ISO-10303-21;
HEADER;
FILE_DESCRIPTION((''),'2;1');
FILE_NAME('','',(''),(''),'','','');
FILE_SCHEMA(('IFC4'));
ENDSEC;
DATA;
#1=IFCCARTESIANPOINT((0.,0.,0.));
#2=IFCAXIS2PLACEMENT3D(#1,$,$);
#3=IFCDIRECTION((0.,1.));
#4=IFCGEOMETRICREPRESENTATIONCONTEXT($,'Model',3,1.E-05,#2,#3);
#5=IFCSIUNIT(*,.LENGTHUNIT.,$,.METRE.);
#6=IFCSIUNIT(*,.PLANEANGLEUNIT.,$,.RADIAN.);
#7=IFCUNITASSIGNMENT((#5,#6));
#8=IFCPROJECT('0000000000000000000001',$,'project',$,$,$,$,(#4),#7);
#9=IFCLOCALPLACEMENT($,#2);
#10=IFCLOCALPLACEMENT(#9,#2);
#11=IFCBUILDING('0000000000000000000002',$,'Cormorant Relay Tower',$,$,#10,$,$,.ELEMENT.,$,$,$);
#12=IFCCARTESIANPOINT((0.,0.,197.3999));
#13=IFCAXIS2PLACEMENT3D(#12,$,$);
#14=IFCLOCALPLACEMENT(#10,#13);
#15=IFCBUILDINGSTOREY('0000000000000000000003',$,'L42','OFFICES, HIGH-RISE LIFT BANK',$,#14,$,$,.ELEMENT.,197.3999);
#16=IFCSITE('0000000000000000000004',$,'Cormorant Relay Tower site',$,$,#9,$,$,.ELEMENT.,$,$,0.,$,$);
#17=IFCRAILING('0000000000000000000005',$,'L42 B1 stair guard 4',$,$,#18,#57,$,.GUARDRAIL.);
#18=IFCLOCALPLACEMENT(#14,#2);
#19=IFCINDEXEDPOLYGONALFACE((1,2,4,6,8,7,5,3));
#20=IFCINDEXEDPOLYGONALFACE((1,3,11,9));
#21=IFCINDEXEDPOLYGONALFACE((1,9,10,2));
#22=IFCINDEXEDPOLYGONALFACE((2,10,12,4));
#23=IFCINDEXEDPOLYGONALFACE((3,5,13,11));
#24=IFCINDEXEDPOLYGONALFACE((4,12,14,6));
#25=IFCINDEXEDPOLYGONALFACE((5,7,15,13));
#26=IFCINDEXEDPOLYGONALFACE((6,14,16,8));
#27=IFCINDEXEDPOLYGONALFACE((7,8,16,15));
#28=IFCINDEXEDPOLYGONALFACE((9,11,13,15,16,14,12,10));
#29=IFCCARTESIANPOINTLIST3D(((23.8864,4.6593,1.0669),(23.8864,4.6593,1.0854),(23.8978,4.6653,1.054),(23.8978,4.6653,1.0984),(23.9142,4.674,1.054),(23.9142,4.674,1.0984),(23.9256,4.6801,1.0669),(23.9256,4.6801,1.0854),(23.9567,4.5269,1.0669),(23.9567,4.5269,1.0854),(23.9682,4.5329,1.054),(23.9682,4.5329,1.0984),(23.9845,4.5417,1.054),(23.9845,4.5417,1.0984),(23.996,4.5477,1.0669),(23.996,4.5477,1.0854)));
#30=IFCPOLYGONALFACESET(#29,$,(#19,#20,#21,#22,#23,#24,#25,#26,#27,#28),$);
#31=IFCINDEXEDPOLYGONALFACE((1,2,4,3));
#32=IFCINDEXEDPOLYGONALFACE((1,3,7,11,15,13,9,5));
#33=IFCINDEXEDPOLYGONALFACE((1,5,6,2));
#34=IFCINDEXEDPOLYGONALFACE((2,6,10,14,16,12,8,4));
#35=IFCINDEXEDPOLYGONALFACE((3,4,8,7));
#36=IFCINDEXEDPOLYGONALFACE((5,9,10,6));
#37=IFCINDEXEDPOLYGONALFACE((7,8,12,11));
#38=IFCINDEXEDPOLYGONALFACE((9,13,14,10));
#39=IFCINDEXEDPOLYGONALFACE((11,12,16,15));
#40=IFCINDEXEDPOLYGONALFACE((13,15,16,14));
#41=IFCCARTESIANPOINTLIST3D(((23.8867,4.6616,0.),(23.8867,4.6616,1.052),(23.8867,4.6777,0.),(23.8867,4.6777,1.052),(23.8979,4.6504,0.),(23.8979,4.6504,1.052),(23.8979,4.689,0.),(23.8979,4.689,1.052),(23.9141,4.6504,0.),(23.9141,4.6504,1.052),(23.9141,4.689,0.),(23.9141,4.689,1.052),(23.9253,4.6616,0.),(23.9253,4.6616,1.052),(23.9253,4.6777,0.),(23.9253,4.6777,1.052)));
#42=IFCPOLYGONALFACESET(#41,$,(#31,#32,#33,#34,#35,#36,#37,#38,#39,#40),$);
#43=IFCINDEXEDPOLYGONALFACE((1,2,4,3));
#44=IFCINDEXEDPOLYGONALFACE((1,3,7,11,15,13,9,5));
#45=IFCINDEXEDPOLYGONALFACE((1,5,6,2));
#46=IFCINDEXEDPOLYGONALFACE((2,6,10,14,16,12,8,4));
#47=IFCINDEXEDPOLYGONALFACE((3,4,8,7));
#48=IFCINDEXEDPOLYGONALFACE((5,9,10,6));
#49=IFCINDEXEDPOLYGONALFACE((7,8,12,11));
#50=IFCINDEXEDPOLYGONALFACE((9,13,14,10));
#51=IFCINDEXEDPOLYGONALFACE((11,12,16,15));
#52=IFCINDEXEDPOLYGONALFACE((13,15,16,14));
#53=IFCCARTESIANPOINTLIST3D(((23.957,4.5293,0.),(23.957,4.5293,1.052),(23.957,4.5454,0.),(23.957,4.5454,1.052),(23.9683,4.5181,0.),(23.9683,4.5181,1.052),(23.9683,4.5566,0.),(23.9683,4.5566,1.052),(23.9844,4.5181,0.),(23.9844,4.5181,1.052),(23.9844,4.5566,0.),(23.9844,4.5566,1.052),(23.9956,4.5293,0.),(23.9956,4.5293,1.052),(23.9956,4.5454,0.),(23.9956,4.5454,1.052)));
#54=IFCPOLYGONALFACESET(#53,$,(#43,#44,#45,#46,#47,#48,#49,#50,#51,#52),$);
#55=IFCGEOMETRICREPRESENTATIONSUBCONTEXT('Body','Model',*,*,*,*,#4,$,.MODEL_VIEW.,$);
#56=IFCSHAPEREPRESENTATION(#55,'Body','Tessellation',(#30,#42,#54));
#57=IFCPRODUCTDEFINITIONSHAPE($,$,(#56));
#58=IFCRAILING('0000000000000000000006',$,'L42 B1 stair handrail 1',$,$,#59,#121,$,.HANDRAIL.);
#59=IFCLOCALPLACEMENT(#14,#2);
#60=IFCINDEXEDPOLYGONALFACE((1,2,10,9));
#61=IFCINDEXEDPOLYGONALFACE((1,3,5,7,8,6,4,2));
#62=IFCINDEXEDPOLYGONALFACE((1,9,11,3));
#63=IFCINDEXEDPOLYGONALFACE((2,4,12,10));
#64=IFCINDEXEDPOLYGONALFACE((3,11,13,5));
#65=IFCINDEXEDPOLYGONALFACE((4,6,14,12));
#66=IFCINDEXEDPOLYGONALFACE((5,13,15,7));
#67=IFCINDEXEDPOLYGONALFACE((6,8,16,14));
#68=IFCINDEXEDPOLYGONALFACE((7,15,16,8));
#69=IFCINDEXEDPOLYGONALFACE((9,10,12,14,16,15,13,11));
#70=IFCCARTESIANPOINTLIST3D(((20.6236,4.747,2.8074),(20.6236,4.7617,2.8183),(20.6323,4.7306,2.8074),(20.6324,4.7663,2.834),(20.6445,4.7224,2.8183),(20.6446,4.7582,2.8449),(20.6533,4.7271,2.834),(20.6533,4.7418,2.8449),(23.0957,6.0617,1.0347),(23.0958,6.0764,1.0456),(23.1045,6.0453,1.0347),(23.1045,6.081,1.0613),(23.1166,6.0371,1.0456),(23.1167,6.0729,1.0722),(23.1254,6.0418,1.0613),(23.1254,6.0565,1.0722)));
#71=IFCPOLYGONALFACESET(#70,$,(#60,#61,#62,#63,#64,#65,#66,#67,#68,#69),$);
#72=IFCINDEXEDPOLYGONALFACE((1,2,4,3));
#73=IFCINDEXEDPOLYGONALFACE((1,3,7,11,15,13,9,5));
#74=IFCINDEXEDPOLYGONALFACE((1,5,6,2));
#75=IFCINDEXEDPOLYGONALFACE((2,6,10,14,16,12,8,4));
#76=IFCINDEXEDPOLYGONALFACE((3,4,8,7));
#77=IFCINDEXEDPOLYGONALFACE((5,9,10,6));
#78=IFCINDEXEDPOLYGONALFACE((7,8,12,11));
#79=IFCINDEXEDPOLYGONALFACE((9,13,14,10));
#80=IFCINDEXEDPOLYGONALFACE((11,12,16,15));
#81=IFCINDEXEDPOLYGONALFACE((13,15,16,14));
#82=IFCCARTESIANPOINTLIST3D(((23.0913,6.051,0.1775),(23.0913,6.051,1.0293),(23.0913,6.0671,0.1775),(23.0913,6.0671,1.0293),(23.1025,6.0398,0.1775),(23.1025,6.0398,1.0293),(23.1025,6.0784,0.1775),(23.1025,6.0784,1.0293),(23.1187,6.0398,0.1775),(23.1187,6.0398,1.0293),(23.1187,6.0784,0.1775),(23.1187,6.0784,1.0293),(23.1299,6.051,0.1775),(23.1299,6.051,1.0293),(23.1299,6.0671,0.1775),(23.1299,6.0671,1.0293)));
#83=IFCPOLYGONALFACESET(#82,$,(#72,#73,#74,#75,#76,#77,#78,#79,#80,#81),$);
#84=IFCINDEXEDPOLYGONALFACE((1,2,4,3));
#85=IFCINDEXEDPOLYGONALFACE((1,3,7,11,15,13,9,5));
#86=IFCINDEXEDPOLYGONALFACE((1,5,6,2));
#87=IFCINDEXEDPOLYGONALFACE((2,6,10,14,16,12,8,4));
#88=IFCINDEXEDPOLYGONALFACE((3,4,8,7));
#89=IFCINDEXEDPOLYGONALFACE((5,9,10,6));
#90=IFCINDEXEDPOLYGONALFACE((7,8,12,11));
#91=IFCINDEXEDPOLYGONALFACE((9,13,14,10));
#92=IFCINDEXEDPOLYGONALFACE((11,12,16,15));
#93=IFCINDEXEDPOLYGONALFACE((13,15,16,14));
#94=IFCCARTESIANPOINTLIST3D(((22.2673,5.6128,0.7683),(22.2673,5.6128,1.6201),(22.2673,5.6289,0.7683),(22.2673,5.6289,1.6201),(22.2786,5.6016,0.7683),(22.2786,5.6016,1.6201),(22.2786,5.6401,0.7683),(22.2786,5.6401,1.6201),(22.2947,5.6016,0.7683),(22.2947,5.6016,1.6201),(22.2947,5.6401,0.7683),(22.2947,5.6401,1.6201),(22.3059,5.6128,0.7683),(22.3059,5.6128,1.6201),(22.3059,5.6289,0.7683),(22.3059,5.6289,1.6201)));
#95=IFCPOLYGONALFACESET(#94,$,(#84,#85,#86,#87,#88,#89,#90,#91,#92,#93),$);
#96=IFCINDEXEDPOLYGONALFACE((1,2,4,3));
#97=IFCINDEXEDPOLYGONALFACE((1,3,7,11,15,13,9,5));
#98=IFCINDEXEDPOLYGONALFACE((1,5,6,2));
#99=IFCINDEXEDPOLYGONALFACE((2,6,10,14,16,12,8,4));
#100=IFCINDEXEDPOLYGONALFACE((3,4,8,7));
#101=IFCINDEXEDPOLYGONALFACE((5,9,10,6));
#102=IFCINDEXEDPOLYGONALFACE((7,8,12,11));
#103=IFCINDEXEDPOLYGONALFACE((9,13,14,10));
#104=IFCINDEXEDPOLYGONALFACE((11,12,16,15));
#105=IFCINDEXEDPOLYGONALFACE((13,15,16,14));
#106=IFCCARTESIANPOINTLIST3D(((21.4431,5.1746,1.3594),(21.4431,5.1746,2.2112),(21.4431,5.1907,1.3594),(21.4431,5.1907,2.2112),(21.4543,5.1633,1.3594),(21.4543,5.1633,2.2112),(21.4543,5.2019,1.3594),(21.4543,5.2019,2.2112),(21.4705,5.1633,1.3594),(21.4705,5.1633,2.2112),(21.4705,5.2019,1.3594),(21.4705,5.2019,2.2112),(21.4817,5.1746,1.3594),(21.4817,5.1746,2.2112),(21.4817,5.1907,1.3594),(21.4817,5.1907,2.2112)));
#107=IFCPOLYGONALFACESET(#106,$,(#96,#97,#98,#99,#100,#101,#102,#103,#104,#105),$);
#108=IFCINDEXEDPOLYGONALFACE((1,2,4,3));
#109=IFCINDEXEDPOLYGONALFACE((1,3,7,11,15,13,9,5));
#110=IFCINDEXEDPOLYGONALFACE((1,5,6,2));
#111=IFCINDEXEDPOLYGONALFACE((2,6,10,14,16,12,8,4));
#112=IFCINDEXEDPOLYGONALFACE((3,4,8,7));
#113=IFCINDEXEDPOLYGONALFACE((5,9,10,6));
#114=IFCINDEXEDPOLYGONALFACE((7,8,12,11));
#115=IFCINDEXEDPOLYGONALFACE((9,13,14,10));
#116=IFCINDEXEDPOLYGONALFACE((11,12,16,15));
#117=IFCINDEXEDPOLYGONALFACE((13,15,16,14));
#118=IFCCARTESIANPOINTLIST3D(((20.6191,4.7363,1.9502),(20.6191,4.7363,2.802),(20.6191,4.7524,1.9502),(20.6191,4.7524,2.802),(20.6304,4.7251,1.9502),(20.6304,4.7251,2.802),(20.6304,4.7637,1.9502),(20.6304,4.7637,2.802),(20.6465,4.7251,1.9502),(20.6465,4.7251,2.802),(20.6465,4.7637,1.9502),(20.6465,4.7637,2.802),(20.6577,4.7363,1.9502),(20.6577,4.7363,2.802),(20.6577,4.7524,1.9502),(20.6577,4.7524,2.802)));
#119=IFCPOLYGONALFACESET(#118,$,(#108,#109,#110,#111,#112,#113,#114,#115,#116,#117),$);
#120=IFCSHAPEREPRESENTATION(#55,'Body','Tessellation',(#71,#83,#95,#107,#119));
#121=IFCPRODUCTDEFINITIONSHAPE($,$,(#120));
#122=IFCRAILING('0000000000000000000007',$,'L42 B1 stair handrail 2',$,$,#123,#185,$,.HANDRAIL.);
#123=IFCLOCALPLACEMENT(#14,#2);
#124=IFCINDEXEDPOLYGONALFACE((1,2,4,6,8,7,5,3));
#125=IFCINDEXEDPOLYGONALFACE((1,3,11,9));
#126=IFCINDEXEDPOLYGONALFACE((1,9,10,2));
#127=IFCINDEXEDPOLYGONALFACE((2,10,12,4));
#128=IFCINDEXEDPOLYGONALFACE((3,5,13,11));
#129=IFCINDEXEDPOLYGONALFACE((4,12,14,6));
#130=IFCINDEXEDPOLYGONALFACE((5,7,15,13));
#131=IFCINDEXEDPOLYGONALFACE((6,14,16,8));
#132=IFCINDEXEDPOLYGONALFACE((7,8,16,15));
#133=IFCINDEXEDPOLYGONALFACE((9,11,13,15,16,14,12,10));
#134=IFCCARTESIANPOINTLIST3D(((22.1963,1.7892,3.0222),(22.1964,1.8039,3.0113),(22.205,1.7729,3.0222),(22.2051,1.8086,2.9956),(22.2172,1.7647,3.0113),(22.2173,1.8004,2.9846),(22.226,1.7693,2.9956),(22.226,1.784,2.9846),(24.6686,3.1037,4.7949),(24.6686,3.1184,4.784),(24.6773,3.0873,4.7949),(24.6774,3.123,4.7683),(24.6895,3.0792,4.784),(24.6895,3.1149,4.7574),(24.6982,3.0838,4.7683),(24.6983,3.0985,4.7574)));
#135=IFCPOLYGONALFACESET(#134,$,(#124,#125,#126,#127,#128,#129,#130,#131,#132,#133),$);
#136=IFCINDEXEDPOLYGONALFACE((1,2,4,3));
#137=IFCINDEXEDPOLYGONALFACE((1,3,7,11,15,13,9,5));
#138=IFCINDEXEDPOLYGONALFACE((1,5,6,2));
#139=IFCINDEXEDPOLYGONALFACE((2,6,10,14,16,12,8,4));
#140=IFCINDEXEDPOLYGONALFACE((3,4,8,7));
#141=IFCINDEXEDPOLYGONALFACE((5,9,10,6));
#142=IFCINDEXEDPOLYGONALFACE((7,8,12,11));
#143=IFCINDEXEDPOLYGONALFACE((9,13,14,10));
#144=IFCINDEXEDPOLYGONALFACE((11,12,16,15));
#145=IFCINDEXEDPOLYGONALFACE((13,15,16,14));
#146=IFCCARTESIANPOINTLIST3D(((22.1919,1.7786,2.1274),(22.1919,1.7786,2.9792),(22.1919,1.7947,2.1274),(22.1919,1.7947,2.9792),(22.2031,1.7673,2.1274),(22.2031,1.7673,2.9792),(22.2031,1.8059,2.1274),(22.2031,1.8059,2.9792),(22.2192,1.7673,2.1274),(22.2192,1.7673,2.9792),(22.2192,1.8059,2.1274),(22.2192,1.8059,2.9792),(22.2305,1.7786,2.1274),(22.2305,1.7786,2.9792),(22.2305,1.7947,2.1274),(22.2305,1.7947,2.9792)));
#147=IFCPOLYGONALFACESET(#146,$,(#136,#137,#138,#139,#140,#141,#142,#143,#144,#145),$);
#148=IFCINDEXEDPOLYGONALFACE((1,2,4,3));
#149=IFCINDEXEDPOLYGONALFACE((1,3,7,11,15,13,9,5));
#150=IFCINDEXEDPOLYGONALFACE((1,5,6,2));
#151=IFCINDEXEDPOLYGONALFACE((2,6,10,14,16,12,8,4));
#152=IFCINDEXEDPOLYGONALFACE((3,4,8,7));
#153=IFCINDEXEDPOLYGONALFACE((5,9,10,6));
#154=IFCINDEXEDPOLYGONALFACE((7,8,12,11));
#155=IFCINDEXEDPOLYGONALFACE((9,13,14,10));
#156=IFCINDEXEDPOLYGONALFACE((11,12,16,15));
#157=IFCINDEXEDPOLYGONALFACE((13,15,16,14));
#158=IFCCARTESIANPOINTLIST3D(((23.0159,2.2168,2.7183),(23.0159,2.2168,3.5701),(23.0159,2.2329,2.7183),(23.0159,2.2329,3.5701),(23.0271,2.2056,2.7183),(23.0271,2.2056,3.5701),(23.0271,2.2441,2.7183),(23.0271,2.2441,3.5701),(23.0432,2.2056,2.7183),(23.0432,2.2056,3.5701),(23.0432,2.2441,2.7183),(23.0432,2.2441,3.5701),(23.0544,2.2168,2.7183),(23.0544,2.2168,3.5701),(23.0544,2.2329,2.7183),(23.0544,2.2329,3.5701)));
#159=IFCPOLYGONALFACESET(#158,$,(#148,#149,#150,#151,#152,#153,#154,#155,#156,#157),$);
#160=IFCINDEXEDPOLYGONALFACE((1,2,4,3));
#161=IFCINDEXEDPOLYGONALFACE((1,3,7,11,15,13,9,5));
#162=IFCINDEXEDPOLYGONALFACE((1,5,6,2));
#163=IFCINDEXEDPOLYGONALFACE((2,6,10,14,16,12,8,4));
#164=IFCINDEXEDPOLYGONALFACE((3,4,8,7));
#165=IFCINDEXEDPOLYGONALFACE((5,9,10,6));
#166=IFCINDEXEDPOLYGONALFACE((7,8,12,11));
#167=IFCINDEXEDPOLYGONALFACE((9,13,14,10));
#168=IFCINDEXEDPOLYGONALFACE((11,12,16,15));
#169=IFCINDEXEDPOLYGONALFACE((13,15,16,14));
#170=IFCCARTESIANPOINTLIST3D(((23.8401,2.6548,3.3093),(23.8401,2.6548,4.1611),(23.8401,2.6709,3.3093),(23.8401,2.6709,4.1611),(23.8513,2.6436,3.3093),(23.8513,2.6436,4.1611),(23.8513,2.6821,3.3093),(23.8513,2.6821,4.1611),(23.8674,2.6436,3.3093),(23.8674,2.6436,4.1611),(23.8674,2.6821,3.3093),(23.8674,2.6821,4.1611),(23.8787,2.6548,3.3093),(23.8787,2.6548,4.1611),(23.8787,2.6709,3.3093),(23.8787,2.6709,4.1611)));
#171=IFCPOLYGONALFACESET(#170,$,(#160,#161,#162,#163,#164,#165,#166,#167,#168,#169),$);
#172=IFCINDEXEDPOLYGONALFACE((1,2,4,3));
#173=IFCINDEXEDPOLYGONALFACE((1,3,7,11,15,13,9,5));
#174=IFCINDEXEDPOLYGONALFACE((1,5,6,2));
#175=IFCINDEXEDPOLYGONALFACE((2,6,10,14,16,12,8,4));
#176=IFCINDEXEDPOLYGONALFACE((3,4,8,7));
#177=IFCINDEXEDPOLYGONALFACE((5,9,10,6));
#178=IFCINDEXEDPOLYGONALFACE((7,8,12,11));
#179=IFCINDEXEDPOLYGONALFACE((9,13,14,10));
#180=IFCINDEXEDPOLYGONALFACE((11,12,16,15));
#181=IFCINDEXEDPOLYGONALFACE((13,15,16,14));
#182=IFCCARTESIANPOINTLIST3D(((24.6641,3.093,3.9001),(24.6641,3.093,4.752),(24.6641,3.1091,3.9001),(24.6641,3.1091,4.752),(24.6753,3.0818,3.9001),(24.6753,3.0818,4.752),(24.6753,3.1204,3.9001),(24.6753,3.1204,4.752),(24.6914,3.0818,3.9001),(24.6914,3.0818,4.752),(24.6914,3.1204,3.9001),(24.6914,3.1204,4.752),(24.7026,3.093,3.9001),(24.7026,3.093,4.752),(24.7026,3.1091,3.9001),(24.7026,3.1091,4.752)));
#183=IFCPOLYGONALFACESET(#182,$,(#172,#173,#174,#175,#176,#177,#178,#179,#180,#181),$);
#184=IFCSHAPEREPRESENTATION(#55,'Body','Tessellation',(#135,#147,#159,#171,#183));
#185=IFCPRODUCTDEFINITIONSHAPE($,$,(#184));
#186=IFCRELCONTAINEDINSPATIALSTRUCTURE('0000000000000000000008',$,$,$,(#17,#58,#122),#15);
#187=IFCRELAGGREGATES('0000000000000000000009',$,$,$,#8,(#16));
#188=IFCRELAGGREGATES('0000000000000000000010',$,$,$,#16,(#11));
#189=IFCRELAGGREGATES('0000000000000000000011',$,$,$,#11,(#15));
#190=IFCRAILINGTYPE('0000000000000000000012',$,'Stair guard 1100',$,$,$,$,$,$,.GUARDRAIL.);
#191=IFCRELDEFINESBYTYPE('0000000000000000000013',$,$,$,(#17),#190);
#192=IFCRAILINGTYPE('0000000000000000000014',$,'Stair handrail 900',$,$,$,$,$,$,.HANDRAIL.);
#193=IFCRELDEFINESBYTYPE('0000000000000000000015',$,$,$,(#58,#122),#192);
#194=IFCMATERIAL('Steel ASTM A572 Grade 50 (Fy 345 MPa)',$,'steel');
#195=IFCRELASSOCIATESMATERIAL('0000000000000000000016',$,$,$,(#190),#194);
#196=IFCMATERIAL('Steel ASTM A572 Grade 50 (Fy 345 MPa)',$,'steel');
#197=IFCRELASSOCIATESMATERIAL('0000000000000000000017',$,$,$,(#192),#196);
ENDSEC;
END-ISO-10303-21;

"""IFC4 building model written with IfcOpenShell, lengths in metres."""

from ifc_helpers import new_model, si_unit, direction, frame, origin, place, context, subcontext, project, spatial, polyline, outline, extrude, material, type_object, element, save


model = new_model("IFC4")

# Units and contexts
model_context = context("Model", 3, precision=1e-05, world=origin(), true_north=direction((0.0, 1.0)))
body_context = subcontext(model_context, "Body", "Model", "MODEL_VIEW")
ifc_project = project(units=[si_unit("LENGTHUNIT", "METRE"), si_unit("PLANEANGLEUNIT", "RADIAN")], contexts=[model_context])

# Site, building, storey
site_placement = place(None, origin())
site = spatial("IfcSite", under=ifc_project, at=site_placement, Name="Cormorant Relay Tower site", CompositionType="ELEMENT", RefElevation=0.0)
building_placement = place(site_placement, origin())
building = spatial("IfcBuilding", under=site, at=building_placement, Name="Cormorant Relay Tower", CompositionType="ELEMENT")
storey_placement = place(building_placement, frame((0.0, 0.0, 197.3999)))
storey = spatial("IfcBuildingStorey", under=building, at=storey_placement, Name="L42", Description="OFFICES, HIGH-RISE LIFT BANK", CompositionType="ELEMENT", Elevation=197.3999)

# Railings
ifc_material_1 = material(Name="Steel ASTM A572 Grade 50 (Fy 345 MPa)", Category="steel")
railing_type_1 = type_object("IfcRailingType", Name="Stair guard 1100", PredefinedType="GUARDRAIL", material=ifc_material_1)
railing_1_placement = place(storey_placement, frame((23.906, 4.6697, 0.0)))
element("IfcRailing", 1, at=railing_1_placement, inside=storey, type_object=railing_type_1, Name="L42 B1 stair guard 4", PredefinedType="GUARDRAIL", context=body_context, shape_type="SweptSolid", body=[
    extrude(outline(polyline([(0.0222, 0.0093), (0.0093, 0.0222), (-0.0093, 0.0222), (-0.0222, 0.0093), (-0.0222, -0.0093), (-0.0093, -0.0222), (0.0093, -0.0222), (0.0222, -0.0093), (0.0222, 0.0093)])), frame((0.0, 0.0, 1.0762), z_axis=(0.469235, -0.883074, 0.0), x_axis=(0.883074, 0.469235, 0.0)), (0.0, 0.0, 1.0), 0.1499),
    extrude(outline(polyline([(0.0193, 0.0081), (0.0081, 0.0193), (-0.0081, 0.0193), (-0.0193, 0.0081), (-0.0193, -0.0081), (-0.0081, -0.0193), (0.0081, -0.0193), (0.0193, -0.0081), (0.0193, 0.0081)])), origin(), (0.0, 0.0, 1.0), 1.052),
    extrude(outline(polyline([(0.0193, 0.0081), (0.0081, 0.0193), (-0.0081, 0.0193), (-0.0193, 0.0081), (-0.0193, -0.0081), (-0.0081, -0.0193), (0.0081, -0.0193), (0.0193, -0.0081), (0.0193, 0.0081)])), frame((0.0703, -0.1323, 0.0)), (0.0, 0.0, 1.0), 1.052),
])
ifc_material_2 = material(Name="Steel ASTM A572 Grade 50 (Fy 345 MPa)", Category="steel")
railing_type_2 = type_object("IfcRailingType", Name="Stair handrail 900", PredefinedType="HANDRAIL", material=ifc_material_2)
railing_2_placement = place(storey_placement, frame((23.1106, 6.0591, 0.1775)))
element("IfcRailing", 2, at=railing_2_placement, inside=storey, type_object=railing_type_2, Name="L42 B1 stair handrail 1", PredefinedType="HANDRAIL", context=body_context, shape_type="SweptSolid", body=[
    extrude(outline(polyline([(0.0222, 0.0093), (0.0093, 0.0222), (-0.0093, 0.0222), (-0.0222, 0.0093), (-0.0222, -0.0093), (-0.0093, -0.0222), (0.0093, -0.0222), (0.0222, -0.0093), (0.0222, 0.0093)])), frame((0.0, 0.0, 0.876), z_axis=(-0.745979, -0.396711, 0.534916), x_axis=(0.469533, -0.882915, 0.0)), (0.0, 0.0, 1.0), 3.314),
    extrude(outline(polyline([(0.0193, 0.0081), (0.0081, 0.0193), (-0.0081, 0.0193), (-0.0193, 0.0081), (-0.0193, -0.0081), (-0.0081, -0.0193), (0.0081, -0.0193), (0.0193, -0.0081), (0.0193, 0.0081)])), origin(), (0.0, 0.0, 1.0), 0.8518),
    extrude(outline(polyline([(0.0193, 0.0081), (0.0081, 0.0193), (-0.0081, 0.0193), (-0.0193, 0.0081), (-0.0193, -0.0081), (-0.0081, -0.0193), (0.0081, -0.0193), (0.0193, -0.0081), (0.0193, 0.0081)])), frame((-0.824, -0.4382, 0.5908)), (0.0, 0.0, 1.0), 0.8518),
    extrude(outline(polyline([(0.0193, 0.0081), (0.0081, 0.0193), (-0.0081, 0.0193), (-0.0193, 0.0081), (-0.0193, -0.0081), (-0.0081, -0.0193), (0.0081, -0.0193), (0.0193, -0.0081), (0.0193, 0.0081)])), frame((-1.6482, -0.8765, 1.1819)), (0.0, 0.0, 1.0), 0.8518),
    extrude(outline(polyline([(0.0193, 0.0081), (0.0081, 0.0193), (-0.0081, 0.0193), (-0.0193, 0.0081), (-0.0193, -0.0081), (-0.0081, -0.0193), (0.0081, -0.0193), (0.0193, -0.0081), (0.0193, 0.0081)])), frame((-2.4722, -1.3147, 1.7727)), (0.0, 0.0, 1.0), 0.8518),
])
railing_3_placement = place(storey_placement, frame((22.2112, 1.7866, 2.1274)))
element("IfcRailing", 3, at=railing_3_placement, inside=storey, type_object=railing_type_2, Name="L42 B1 stair handrail 2", PredefinedType="HANDRAIL", context=body_context, shape_type="SweptSolid", body=[
    extrude(outline(polyline([(0.0222, 0.0093), (0.0093, 0.0222), (-0.0093, 0.0222), (-0.0222, 0.0093), (-0.0222, -0.0093), (-0.0093, -0.0222), (0.0093, -0.0222), (0.0222, -0.0093), (0.0222, 0.0093)])), frame((0.0, 0.0, 0.876), z_axis=(0.746001, 0.396649, 0.534931), x_axis=(-0.469465, 0.882951, 0.0)), (0.0, 0.0, 1.0), 3.314),
    extrude(outline(polyline([(0.0193, 0.0081), (0.0081, 0.0193), (-0.0081, 0.0193), (-0.0193, 0.0081), (-0.0193, -0.0081), (-0.0081, -0.0193), (0.0081, -0.0193), (0.0193, -0.0081), (0.0193, 0.0081)])), origin(), (0.0, 0.0, 1.0), 0.8518),
    extrude(outline(polyline([(0.0193, 0.0081), (0.0081, 0.0193), (-0.0081, 0.0193), (-0.0193, 0.0081), (-0.0193, -0.0081), (-0.0081, -0.0193), (0.0081, -0.0193), (0.0193, -0.0081), (0.0193, 0.0081)])), frame((0.824, 0.4382, 0.5908)), (0.0, 0.0, 1.0), 0.8518),
    extrude(outline(polyline([(0.0193, 0.0081), (0.0081, 0.0193), (-0.0081, 0.0193), (-0.0193, 0.0081), (-0.0193, -0.0081), (-0.0081, -0.0193), (0.0081, -0.0193), (0.0193, -0.0081), (0.0193, 0.0081)])), frame((1.6482, 0.8762, 1.1819)), (0.0, 0.0, 1.0), 0.8518),
    extrude(outline(polyline([(0.0193, 0.0081), (0.0081, 0.0193), (-0.0081, 0.0193), (-0.0193, 0.0081), (-0.0193, -0.0081), (-0.0081, -0.0193), (0.0081, -0.0193), (0.0193, -0.0081), (0.0193, 0.0081)])), frame((2.4722, 1.3145, 1.7727)), (0.0, 0.0, 1.0), 0.8518),
])

save(model, "model.ifc")
